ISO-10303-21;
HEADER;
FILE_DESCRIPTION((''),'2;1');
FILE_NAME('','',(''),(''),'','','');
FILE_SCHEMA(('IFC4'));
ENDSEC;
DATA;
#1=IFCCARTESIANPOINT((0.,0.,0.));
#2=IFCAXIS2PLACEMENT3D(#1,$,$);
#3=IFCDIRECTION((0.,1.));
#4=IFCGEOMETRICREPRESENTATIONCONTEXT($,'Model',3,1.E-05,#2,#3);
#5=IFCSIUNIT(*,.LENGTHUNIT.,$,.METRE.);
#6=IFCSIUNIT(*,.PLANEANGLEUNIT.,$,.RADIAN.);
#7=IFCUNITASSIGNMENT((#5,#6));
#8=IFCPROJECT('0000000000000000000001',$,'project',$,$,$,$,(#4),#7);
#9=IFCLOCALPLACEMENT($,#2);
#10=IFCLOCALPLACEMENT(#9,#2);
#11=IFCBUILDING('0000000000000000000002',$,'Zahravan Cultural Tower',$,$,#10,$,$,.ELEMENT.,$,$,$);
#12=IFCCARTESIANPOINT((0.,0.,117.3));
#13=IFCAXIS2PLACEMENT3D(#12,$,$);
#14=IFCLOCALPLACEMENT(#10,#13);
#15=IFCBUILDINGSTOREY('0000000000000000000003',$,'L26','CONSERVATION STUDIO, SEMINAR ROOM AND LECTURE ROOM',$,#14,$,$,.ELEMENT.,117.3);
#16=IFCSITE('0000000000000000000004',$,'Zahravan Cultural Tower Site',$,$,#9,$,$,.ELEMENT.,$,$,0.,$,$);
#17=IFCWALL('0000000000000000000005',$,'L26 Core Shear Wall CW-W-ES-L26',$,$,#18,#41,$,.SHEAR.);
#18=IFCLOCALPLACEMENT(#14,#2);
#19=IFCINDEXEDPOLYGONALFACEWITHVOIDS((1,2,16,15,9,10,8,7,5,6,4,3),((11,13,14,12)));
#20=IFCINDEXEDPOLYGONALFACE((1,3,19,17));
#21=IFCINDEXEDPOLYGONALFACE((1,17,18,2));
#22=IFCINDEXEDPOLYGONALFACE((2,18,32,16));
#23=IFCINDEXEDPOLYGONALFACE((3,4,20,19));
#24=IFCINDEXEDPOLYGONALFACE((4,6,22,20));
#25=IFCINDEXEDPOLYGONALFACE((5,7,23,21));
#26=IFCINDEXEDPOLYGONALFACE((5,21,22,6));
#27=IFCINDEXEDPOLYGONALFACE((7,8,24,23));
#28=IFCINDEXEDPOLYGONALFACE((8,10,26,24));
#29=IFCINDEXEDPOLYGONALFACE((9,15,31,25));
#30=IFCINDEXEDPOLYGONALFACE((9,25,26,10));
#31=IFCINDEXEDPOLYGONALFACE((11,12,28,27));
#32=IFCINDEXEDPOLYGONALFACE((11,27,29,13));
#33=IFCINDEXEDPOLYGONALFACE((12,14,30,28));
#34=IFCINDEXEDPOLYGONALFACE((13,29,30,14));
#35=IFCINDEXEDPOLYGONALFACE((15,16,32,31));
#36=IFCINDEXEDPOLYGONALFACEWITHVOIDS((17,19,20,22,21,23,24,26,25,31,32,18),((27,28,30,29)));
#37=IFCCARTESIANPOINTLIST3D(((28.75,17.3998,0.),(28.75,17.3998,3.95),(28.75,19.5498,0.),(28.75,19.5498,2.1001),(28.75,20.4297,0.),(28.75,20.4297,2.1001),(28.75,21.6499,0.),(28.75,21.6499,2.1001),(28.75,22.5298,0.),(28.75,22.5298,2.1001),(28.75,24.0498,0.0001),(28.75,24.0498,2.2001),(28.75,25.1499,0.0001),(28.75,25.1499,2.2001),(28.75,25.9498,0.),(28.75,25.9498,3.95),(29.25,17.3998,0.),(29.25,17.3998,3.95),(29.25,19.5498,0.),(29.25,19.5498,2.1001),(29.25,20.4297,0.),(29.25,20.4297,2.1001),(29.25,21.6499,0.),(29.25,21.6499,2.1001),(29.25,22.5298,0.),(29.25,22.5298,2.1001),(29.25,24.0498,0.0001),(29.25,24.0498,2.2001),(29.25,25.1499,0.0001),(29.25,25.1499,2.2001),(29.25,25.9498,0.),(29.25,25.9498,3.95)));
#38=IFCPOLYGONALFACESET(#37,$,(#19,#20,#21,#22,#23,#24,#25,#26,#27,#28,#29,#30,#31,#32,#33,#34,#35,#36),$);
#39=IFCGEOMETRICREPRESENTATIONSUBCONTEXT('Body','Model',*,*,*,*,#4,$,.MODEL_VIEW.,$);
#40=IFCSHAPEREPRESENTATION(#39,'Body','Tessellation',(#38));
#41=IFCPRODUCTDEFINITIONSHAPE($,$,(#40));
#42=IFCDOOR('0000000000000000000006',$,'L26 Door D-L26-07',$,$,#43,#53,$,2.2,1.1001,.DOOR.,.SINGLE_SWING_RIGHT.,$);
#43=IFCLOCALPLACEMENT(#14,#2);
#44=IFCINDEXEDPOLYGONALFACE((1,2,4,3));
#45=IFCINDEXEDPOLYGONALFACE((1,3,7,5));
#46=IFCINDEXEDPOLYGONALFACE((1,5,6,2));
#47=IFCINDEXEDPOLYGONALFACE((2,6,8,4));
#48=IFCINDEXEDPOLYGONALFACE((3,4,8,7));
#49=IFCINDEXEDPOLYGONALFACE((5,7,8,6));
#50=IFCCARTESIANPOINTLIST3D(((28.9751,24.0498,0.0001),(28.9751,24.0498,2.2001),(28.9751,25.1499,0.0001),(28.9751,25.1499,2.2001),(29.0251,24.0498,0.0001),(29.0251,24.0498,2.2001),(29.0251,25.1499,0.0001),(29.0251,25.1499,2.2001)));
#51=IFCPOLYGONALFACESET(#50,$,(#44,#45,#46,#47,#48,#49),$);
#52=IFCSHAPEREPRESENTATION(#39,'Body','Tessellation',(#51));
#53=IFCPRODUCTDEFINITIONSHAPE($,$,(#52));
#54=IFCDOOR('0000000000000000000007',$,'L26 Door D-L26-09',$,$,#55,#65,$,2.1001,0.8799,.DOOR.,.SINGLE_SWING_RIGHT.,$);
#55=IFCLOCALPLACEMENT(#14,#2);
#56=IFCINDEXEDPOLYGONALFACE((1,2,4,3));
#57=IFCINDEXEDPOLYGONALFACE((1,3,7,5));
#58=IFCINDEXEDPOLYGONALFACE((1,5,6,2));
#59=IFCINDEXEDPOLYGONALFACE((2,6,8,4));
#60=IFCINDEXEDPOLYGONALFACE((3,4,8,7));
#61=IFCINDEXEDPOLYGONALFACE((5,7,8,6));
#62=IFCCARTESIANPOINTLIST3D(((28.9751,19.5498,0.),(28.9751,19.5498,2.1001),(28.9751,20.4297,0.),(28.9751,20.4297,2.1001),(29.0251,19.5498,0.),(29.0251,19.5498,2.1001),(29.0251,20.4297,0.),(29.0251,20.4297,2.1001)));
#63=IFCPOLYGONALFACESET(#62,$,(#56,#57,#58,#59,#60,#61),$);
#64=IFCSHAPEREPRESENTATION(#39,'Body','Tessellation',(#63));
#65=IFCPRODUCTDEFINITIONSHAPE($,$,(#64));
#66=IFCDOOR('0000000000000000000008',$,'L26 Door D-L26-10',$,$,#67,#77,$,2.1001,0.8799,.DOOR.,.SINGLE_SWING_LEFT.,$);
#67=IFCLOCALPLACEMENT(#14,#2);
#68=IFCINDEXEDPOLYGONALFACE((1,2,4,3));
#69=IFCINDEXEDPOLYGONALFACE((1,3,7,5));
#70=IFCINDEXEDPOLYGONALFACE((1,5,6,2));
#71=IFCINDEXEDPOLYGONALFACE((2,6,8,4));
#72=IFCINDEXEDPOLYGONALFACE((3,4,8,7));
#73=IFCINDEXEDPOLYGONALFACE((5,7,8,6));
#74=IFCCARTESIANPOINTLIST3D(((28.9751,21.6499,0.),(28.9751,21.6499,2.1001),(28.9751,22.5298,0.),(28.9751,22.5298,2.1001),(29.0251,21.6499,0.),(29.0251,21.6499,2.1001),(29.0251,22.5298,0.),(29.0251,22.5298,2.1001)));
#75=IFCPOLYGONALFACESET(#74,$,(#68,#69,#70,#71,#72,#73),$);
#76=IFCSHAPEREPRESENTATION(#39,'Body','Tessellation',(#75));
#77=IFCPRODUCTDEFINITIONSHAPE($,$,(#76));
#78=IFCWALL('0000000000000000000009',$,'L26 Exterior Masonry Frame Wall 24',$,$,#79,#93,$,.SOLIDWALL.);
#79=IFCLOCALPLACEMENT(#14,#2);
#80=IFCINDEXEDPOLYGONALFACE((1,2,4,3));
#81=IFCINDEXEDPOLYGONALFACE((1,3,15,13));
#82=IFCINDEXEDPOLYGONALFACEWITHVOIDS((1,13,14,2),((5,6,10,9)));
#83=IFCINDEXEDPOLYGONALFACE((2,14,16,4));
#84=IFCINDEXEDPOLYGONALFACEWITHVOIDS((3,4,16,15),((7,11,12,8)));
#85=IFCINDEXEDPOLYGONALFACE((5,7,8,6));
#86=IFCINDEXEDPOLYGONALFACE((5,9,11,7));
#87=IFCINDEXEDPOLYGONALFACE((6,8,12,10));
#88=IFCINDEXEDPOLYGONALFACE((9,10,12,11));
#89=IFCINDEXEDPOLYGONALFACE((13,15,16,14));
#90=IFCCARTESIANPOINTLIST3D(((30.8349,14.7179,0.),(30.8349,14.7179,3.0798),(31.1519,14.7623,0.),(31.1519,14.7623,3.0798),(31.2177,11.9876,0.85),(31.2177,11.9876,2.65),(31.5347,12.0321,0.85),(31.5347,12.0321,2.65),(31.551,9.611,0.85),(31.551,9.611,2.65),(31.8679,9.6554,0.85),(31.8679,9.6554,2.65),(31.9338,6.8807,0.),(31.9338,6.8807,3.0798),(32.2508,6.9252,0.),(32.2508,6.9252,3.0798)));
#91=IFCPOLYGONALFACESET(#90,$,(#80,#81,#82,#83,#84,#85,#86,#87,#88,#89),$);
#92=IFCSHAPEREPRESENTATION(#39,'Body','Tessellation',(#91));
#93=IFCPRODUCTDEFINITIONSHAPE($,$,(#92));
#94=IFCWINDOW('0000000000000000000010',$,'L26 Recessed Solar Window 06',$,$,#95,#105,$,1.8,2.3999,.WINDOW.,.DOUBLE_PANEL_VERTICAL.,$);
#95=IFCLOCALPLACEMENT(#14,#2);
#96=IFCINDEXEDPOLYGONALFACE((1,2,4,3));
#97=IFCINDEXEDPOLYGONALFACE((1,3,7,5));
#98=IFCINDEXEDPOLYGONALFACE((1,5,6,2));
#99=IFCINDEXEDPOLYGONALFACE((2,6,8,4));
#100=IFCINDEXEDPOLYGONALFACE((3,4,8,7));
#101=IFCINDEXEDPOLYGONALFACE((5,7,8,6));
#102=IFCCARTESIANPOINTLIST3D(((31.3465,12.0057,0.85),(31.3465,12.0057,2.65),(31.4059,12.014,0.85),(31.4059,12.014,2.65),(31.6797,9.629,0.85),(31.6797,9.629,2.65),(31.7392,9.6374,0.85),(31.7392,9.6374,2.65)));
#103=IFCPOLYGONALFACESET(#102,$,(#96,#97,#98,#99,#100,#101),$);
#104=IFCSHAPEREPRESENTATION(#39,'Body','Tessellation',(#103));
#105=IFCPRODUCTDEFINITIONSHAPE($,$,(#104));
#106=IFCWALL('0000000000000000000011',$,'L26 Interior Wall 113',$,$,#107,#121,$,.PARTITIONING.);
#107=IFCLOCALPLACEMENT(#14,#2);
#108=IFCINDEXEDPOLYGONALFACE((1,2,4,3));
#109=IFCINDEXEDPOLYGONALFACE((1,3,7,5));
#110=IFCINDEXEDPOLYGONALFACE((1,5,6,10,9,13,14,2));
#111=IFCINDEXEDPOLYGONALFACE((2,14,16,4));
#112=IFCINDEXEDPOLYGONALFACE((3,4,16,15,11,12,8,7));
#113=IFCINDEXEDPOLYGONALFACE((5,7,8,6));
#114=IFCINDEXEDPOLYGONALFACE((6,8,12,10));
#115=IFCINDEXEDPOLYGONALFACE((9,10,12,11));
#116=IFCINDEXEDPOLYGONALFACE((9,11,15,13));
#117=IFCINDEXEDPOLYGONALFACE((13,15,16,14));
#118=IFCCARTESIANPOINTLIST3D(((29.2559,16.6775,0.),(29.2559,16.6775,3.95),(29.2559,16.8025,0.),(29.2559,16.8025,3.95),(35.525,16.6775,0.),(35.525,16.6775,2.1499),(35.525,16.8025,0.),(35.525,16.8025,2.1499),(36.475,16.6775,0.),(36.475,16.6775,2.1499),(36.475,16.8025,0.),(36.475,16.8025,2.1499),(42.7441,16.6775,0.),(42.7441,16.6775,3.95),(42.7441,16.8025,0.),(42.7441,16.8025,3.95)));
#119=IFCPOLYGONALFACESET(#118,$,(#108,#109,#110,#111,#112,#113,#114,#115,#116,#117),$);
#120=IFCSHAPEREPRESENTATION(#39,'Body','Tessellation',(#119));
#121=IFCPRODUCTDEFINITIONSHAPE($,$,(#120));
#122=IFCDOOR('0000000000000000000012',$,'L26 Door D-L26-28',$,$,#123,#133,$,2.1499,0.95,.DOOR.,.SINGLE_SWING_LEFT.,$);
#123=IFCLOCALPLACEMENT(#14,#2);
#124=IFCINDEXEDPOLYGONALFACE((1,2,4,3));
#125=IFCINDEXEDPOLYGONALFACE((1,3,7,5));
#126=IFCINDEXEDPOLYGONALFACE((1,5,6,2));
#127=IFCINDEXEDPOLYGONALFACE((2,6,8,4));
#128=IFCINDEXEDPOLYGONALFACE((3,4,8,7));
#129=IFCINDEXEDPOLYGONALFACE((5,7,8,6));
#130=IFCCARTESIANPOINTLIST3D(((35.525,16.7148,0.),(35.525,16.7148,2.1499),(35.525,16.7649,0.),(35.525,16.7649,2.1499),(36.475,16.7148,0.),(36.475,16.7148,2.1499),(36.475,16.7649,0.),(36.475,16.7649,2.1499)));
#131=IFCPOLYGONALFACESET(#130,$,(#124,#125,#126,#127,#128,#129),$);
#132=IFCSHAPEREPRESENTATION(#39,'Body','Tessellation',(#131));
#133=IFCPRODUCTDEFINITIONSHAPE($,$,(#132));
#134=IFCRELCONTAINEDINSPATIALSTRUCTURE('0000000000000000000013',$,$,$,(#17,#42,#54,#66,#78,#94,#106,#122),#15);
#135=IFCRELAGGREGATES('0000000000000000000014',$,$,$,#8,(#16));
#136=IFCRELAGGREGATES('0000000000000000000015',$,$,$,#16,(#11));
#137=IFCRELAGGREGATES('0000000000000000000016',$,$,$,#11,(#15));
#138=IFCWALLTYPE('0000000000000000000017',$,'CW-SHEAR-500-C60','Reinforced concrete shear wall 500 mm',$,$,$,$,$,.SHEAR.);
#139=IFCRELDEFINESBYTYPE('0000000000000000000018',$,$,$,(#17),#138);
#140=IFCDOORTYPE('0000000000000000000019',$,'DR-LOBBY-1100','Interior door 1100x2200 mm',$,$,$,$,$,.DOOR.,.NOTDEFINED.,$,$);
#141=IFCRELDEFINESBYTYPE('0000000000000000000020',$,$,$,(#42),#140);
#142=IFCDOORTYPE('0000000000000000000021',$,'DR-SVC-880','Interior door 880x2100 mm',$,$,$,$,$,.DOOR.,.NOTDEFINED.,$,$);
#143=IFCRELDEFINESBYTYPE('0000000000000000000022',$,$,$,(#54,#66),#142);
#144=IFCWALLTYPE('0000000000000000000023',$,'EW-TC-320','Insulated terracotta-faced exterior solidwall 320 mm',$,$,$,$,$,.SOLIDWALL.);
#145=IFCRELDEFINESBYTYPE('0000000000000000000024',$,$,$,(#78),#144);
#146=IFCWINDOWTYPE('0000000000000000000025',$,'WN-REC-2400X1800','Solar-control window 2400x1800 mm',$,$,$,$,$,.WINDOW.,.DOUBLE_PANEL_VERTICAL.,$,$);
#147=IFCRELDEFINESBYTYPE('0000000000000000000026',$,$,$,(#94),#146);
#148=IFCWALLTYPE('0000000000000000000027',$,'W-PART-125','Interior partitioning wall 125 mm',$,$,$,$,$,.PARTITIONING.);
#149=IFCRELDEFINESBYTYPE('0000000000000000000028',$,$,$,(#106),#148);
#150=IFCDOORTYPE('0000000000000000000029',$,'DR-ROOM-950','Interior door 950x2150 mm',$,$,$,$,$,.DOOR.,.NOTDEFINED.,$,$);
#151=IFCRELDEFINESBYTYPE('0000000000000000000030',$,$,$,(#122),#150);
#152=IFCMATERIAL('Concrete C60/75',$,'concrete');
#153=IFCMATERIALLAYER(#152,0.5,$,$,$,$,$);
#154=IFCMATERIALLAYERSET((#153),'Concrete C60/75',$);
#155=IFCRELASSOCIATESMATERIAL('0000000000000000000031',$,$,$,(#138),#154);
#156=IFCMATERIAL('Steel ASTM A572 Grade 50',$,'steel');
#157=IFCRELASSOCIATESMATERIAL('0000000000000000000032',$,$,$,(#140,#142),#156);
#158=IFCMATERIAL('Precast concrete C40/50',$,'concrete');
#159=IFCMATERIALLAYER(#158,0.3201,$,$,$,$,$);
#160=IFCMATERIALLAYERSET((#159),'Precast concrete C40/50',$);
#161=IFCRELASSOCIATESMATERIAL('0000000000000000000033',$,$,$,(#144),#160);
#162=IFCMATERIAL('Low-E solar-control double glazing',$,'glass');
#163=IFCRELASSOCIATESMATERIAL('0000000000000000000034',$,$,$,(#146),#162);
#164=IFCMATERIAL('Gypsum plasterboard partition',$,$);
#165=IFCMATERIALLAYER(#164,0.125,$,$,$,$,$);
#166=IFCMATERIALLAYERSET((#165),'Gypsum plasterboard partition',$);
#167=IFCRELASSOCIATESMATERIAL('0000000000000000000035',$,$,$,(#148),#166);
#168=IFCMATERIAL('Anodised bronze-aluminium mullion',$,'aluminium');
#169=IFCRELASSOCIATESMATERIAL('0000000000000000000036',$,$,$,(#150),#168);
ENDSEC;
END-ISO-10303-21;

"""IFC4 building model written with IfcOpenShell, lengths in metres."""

from ifc_helpers import new_model, si_unit, direction, frame, frame_2d, origin, place, context, subcontext, project, spatial, rectangle, extrude, source, transform, mapped, material, layer, layer_set, type_object, element, fill, save


model = new_model("IFC4")

# Units and contexts
model_context = context("Model", 3, precision=1e-05, world=origin(), true_north=direction((0.0, 1.0)))
body_context = subcontext(model_context, "Body", "Model", "MODEL_VIEW")
ifc_project = project(units=[si_unit("LENGTHUNIT", "METRE"), si_unit("PLANEANGLEUNIT", "RADIAN")], contexts=[model_context])

# Site, building, storey
site_placement = place(None, origin())
site = spatial("IfcSite", under=ifc_project, at=site_placement, Name="Zahravan Cultural Tower Site", CompositionType="ELEMENT", RefElevation=0.0)
building_placement = place(site_placement, origin())
building = spatial("IfcBuilding", under=site, at=building_placement, Name="Zahravan Cultural Tower", CompositionType="ELEMENT")
storey_placement = place(building_placement, frame((0.0, 0.0, 117.3)))
storey = spatial("IfcBuildingStorey", under=building, at=storey_placement, Name="L26", Description="CONSERVATION STUDIO, SEMINAR ROOM AND LECTURE ROOM", CompositionType="ELEMENT", Elevation=117.3)

# Shared definitions
ifc_material_1 = material(Name="Concrete C60/75", Category="concrete")

# Wall, openings, doors
ifc_layer_1 = layer(ifc_material_1, 0.5)
ifc_layer_set_1 = layer_set([ifc_layer_1], Name="Concrete C60/75")
wall_type_1 = type_object("IfcWallType", Name="CW-SHEAR-500-C60", Description="Reinforced concrete shear wall 500 mm", PredefinedType="SHEAR", material=ifc_layer_set_1)
wall_1_placement = place(storey_placement, frame((29.0, 17.3999, 0.0), z_axis=(0.0, 0.0, 1.0), x_axis=(0.0, 1.0, 0.0)))
wall_1 = element("IfcWall", 1, at=wall_1_placement, inside=storey, type_object=wall_type_1, Name="L26 Core Shear Wall CW-W-ES-L26", PredefinedType="SHEAR", context=body_context, shape_type="SweptSolid", body=[
    extrude(rectangle(XDim=8.55, YDim=0.5, at=frame_2d((4.2749, 0.0))), origin(), (0.0, 0.0, 1.0), 3.95),
])
opening_1_placement = place(wall_1_placement, frame((6.6499, 0.0, 0.0)))
opening_1 = element("IfcOpeningElement", 2, at=opening_1_placement, cuts=wall_1, PredefinedType="OPENING", context=body_context, shape_type="SweptSolid", body=[
    extrude(rectangle(XDim=1.1001, YDim=2.2, at=frame_2d((0.55, 1.1001))), frame((0.0, 0.26, 0.0), z_axis=(0.0, -1.0, 0.0), x_axis=(1.0, 0.0, 0.0)), (0.0, 0.0, 1.0), 0.52),
])
opening_2_placement = place(wall_1_placement, frame((2.1499, 0.0, 0.0)))
opening_2 = element("IfcOpeningElement", 3, at=opening_2_placement, cuts=wall_1, PredefinedType="OPENING", context=body_context, shape_type="SweptSolid", body=[
    extrude(rectangle(XDim=0.8799, YDim=2.1001, at=frame_2d((0.4399, 1.05))), frame((0.0, 0.26, 0.0), z_axis=(0.0, -1.0, 0.0), x_axis=(1.0, 0.0, 0.0)), (0.0, 0.0, 1.0), 0.52),
])
opening_3_placement = place(wall_1_placement, frame((4.25, 0.0, 0.0)))
opening_3 = element("IfcOpeningElement", 4, at=opening_3_placement, cuts=wall_1, PredefinedType="OPENING", context=body_context, shape_type="SweptSolid", body=[
    extrude(rectangle(XDim=0.8799, YDim=2.1001, at=frame_2d((0.4399, 1.05))), frame((0.0, 0.26, 0.0), z_axis=(0.0, -1.0, 0.0), x_axis=(1.0, 0.0, 0.0)), (0.0, 0.0, 1.0), 0.52),
])
ifc_material_2 = material(Name="Steel ASTM A572 Grade 50", Category="steel")
door_type_1 = type_object("IfcDoorType", Name="DR-LOBBY-1100", Description="Interior door 1100x2200 mm", OperationType="NOTDEFINED", PredefinedType="DOOR", material=ifc_material_2)
shared_shape_1 = source(origin(), body_context, "Body", "SweptSolid", [
    extrude(rectangle(XDim=1.1001, YDim=2.2, at=frame_2d((0.55, 1.1001))), frame((0.0, 0.0249, 0.0), z_axis=(0.0, -1.0, 0.0), x_axis=(1.0, 0.0, 0.0)), (0.0, 0.0, 1.0), 0.05),
])
door_1_placement = place(opening_1_placement, origin())
door_1 = element("IfcDoor", 5, at=door_1_placement, inside=storey, type_object=door_type_1, Name="L26 Door D-L26-07", OperationType="SINGLE_SWING_RIGHT", OverallHeight=2.2, OverallWidth=1.1001, PredefinedType="DOOR", context=body_context, shape_type="MappedRepresentation", body=[
    mapped(shared_shape_1, transform((0.0, 0.0, 0.0), x_axis=(1.0, 0.0, 0.0), y_axis=(0.0, 1.0, 0.0), z_axis=(0.0, 0.0, 1.0), scale=1.0)),
])
fill(opening_1, door_1)
door_type_2 = type_object("IfcDoorType", Name="DR-SVC-880", Description="Interior door 880x2100 mm", OperationType="NOTDEFINED", PredefinedType="DOOR", material=ifc_material_2)
shared_shape_2 = source(origin(), body_context, "Body", "SweptSolid", [
    extrude(rectangle(XDim=0.8799, YDim=2.1001, at=frame_2d((0.4399, 1.05))), frame((0.0, 0.0249, 0.0), z_axis=(0.0, -1.0, 0.0), x_axis=(1.0, 0.0, 0.0)), (0.0, 0.0, 1.0), 0.05),
])
door_2_placement = place(opening_2_placement, origin())
door_2 = element("IfcDoor", 6, at=door_2_placement, inside=storey, type_object=door_type_2, Name="L26 Door D-L26-09", OperationType="SINGLE_SWING_RIGHT", OverallHeight=2.1001, OverallWidth=0.8799, PredefinedType="DOOR", context=body_context, shape_type="MappedRepresentation", body=[
    mapped(shared_shape_2, transform((0.0, 0.0, 0.0), x_axis=(1.0, 0.0, 0.0), y_axis=(0.0, 1.0, 0.0), z_axis=(0.0, 0.0, 1.0), scale=1.0)),
])
fill(opening_2, door_2)
door_3_placement = place(opening_3_placement, origin())
door_3 = element("IfcDoor", 7, at=door_3_placement, inside=storey, type_object=door_type_2, Name="L26 Door D-L26-10", OperationType="SINGLE_SWING_LEFT", OverallHeight=2.1001, OverallWidth=0.8799, PredefinedType="DOOR", context=body_context, shape_type="MappedRepresentation", body=[
    mapped(shared_shape_2, transform((0.0, 0.0, 0.0), x_axis=(1.0, 0.0, 0.0), y_axis=(0.0, 1.0, 0.0), z_axis=(0.0, 0.0, 1.0), scale=1.0)),
])
fill(opening_3, door_3)

# Wall, opening, window
ifc_material_3 = material(Name="Precast concrete C40/50", Category="concrete")
ifc_layer_2 = layer(ifc_material_3, 0.3201)
ifc_layer_set_2 = layer_set([ifc_layer_2], Name="Precast concrete C40/50")
wall_type_2 = type_object("IfcWallType", Name="EW-TC-320", Description="Insulated terracotta-faced exterior solidwall 320 mm", PredefinedType="SOLIDWALL", material=ifc_layer_set_2)
wall_2_placement = place(storey_placement, frame((32.0923, 6.9028, 0.0), z_axis=(0.0, 0.0, 1.0), x_axis=(-0.138855, 0.990313, 0.0)))
wall_2 = element("IfcWall", 8, at=wall_2_placement, inside=storey, type_object=wall_type_2, Name="L26 Exterior Masonry Frame Wall 24", PredefinedType="SOLIDWALL", context=body_context, shape_type="SweptSolid", body=[
    extrude(rectangle(XDim=7.9138, YDim=0.3201, at=frame_2d((3.957, 0.0))), origin(), (0.0, 0.0, 1.0), 3.0798),
])
opening_4_placement = place(wall_2_placement, frame((2.7571, 0.0, 0.8501)))
opening_4 = element("IfcOpeningElement", 9, at=opening_4_placement, cuts=wall_2, PredefinedType="OPENING", context=body_context, shape_type="SweptSolid", body=[
    extrude(rectangle(XDim=2.3999, YDim=1.8, at=frame_2d((1.2, 0.8999))), frame((0.0, 0.1699, 0.0), z_axis=(0.0, -1.0, 0.0), x_axis=(1.0, 0.0, 0.0)), (0.0, 0.0, 1.0), 0.3401),
])
ifc_material_4 = material(Name="Low-E solar-control double glazing", Category="glass")
window_type = type_object("IfcWindowType", Name="WN-REC-2400X1800", Description="Solar-control window 2400x1800 mm", PartitioningType="DOUBLE_PANEL_VERTICAL", PredefinedType="WINDOW", material=ifc_material_4)
shared_shape_3 = source(origin(), body_context, "Body", "SweptSolid", [
    extrude(rectangle(XDim=2.3999, YDim=1.8, at=frame_2d((1.2, 0.8999))), frame((0.0, 0.03, 0.0), z_axis=(0.0, -1.0, 0.0), x_axis=(1.0, 0.0, 0.0)), (0.0, 0.0, 1.0), 0.0601),
])
window_placement = place(opening_4_placement, origin())
window = element("IfcWindow", 10, at=window_placement, inside=storey, type_object=window_type, Name="L26 Recessed Solar Window 06", OverallHeight=1.8, OverallWidth=2.3999, PartitioningType="DOUBLE_PANEL_VERTICAL", PredefinedType="WINDOW", context=body_context, shape_type="MappedRepresentation", body=[
    mapped(shared_shape_3, transform((0.0, 0.0, 0.0), x_axis=(1.0, 0.0, 0.0), y_axis=(0.0, 1.0, 0.0), z_axis=(0.0, 0.0, 1.0), scale=1.0)),
])
fill(opening_4, window)

# Wall, opening, door
ifc_material_5 = material(Name="Gypsum plasterboard partition")
ifc_layer_3 = layer(ifc_material_5, 0.125)
ifc_layer_set_3 = layer_set([ifc_layer_3], Name="Gypsum plasterboard partition")
wall_type_3 = type_object("IfcWallType", Name="W-PART-125", Description="Interior partitioning wall 125 mm", PredefinedType="PARTITIONING", material=ifc_layer_set_3)
wall_3_placement = place(storey_placement, frame((29.2559, 16.74, 0.0), z_axis=(0.0, 0.0, 1.0), x_axis=(1.0, 0.0, 0.0)))
wall_3 = element("IfcWall", 11, at=wall_3_placement, inside=storey, type_object=wall_type_3, Name="L26 Interior Wall 113", PredefinedType="PARTITIONING", context=body_context, shape_type="SweptSolid", body=[
    extrude(rectangle(XDim=13.4883, YDim=0.125, at=frame_2d((6.7441, 0.0))), origin(), (0.0, 0.0, 1.0), 3.95),
])
opening_5_placement = place(wall_3_placement, frame((6.269, 0.0, 0.0)))
opening_5 = element("IfcOpeningElement", 12, at=opening_5_placement, cuts=wall_3, PredefinedType="OPENING", context=body_context, shape_type="SweptSolid", body=[
    extrude(rectangle(XDim=0.95, YDim=2.1499, at=frame_2d((0.4751, 1.075))), frame((0.0, 0.0725, 0.0), z_axis=(0.0, -1.0, 0.0), x_axis=(1.0, 0.0, 0.0)), (0.0, 0.0, 1.0), 0.145),
])
ifc_material_6 = material(Name="Anodised bronze-aluminium mullion", Category="aluminium")
door_type_3 = type_object("IfcDoorType", Name="DR-ROOM-950", Description="Interior door 950x2150 mm", OperationType="NOTDEFINED", PredefinedType="DOOR", material=ifc_material_6)
shared_shape_4 = source(origin(), body_context, "Body", "SweptSolid", [
    extrude(rectangle(XDim=0.95, YDim=2.1499, at=frame_2d((0.4751, 1.075))), frame((0.0, 0.0249, 0.0), z_axis=(0.0, -1.0, 0.0), x_axis=(1.0, 0.0, 0.0)), (0.0, 0.0, 1.0), 0.05),
])
door_4_placement = place(opening_5_placement, origin())
door_4 = element("IfcDoor", 13, at=door_4_placement, inside=storey, type_object=door_type_3, Name="L26 Door D-L26-28", OperationType="SINGLE_SWING_LEFT", OverallHeight=2.1499, OverallWidth=0.95, PredefinedType="DOOR", context=body_context, shape_type="MappedRepresentation", body=[
    mapped(shared_shape_4, transform((0.0, 0.0, 0.0), x_axis=(1.0, 0.0, 0.0), y_axis=(0.0, 1.0, 0.0), z_axis=(0.0, 0.0, 1.0), scale=1.0)),
])
fill(opening_5, door_4)

save(model, "model.ifc")
